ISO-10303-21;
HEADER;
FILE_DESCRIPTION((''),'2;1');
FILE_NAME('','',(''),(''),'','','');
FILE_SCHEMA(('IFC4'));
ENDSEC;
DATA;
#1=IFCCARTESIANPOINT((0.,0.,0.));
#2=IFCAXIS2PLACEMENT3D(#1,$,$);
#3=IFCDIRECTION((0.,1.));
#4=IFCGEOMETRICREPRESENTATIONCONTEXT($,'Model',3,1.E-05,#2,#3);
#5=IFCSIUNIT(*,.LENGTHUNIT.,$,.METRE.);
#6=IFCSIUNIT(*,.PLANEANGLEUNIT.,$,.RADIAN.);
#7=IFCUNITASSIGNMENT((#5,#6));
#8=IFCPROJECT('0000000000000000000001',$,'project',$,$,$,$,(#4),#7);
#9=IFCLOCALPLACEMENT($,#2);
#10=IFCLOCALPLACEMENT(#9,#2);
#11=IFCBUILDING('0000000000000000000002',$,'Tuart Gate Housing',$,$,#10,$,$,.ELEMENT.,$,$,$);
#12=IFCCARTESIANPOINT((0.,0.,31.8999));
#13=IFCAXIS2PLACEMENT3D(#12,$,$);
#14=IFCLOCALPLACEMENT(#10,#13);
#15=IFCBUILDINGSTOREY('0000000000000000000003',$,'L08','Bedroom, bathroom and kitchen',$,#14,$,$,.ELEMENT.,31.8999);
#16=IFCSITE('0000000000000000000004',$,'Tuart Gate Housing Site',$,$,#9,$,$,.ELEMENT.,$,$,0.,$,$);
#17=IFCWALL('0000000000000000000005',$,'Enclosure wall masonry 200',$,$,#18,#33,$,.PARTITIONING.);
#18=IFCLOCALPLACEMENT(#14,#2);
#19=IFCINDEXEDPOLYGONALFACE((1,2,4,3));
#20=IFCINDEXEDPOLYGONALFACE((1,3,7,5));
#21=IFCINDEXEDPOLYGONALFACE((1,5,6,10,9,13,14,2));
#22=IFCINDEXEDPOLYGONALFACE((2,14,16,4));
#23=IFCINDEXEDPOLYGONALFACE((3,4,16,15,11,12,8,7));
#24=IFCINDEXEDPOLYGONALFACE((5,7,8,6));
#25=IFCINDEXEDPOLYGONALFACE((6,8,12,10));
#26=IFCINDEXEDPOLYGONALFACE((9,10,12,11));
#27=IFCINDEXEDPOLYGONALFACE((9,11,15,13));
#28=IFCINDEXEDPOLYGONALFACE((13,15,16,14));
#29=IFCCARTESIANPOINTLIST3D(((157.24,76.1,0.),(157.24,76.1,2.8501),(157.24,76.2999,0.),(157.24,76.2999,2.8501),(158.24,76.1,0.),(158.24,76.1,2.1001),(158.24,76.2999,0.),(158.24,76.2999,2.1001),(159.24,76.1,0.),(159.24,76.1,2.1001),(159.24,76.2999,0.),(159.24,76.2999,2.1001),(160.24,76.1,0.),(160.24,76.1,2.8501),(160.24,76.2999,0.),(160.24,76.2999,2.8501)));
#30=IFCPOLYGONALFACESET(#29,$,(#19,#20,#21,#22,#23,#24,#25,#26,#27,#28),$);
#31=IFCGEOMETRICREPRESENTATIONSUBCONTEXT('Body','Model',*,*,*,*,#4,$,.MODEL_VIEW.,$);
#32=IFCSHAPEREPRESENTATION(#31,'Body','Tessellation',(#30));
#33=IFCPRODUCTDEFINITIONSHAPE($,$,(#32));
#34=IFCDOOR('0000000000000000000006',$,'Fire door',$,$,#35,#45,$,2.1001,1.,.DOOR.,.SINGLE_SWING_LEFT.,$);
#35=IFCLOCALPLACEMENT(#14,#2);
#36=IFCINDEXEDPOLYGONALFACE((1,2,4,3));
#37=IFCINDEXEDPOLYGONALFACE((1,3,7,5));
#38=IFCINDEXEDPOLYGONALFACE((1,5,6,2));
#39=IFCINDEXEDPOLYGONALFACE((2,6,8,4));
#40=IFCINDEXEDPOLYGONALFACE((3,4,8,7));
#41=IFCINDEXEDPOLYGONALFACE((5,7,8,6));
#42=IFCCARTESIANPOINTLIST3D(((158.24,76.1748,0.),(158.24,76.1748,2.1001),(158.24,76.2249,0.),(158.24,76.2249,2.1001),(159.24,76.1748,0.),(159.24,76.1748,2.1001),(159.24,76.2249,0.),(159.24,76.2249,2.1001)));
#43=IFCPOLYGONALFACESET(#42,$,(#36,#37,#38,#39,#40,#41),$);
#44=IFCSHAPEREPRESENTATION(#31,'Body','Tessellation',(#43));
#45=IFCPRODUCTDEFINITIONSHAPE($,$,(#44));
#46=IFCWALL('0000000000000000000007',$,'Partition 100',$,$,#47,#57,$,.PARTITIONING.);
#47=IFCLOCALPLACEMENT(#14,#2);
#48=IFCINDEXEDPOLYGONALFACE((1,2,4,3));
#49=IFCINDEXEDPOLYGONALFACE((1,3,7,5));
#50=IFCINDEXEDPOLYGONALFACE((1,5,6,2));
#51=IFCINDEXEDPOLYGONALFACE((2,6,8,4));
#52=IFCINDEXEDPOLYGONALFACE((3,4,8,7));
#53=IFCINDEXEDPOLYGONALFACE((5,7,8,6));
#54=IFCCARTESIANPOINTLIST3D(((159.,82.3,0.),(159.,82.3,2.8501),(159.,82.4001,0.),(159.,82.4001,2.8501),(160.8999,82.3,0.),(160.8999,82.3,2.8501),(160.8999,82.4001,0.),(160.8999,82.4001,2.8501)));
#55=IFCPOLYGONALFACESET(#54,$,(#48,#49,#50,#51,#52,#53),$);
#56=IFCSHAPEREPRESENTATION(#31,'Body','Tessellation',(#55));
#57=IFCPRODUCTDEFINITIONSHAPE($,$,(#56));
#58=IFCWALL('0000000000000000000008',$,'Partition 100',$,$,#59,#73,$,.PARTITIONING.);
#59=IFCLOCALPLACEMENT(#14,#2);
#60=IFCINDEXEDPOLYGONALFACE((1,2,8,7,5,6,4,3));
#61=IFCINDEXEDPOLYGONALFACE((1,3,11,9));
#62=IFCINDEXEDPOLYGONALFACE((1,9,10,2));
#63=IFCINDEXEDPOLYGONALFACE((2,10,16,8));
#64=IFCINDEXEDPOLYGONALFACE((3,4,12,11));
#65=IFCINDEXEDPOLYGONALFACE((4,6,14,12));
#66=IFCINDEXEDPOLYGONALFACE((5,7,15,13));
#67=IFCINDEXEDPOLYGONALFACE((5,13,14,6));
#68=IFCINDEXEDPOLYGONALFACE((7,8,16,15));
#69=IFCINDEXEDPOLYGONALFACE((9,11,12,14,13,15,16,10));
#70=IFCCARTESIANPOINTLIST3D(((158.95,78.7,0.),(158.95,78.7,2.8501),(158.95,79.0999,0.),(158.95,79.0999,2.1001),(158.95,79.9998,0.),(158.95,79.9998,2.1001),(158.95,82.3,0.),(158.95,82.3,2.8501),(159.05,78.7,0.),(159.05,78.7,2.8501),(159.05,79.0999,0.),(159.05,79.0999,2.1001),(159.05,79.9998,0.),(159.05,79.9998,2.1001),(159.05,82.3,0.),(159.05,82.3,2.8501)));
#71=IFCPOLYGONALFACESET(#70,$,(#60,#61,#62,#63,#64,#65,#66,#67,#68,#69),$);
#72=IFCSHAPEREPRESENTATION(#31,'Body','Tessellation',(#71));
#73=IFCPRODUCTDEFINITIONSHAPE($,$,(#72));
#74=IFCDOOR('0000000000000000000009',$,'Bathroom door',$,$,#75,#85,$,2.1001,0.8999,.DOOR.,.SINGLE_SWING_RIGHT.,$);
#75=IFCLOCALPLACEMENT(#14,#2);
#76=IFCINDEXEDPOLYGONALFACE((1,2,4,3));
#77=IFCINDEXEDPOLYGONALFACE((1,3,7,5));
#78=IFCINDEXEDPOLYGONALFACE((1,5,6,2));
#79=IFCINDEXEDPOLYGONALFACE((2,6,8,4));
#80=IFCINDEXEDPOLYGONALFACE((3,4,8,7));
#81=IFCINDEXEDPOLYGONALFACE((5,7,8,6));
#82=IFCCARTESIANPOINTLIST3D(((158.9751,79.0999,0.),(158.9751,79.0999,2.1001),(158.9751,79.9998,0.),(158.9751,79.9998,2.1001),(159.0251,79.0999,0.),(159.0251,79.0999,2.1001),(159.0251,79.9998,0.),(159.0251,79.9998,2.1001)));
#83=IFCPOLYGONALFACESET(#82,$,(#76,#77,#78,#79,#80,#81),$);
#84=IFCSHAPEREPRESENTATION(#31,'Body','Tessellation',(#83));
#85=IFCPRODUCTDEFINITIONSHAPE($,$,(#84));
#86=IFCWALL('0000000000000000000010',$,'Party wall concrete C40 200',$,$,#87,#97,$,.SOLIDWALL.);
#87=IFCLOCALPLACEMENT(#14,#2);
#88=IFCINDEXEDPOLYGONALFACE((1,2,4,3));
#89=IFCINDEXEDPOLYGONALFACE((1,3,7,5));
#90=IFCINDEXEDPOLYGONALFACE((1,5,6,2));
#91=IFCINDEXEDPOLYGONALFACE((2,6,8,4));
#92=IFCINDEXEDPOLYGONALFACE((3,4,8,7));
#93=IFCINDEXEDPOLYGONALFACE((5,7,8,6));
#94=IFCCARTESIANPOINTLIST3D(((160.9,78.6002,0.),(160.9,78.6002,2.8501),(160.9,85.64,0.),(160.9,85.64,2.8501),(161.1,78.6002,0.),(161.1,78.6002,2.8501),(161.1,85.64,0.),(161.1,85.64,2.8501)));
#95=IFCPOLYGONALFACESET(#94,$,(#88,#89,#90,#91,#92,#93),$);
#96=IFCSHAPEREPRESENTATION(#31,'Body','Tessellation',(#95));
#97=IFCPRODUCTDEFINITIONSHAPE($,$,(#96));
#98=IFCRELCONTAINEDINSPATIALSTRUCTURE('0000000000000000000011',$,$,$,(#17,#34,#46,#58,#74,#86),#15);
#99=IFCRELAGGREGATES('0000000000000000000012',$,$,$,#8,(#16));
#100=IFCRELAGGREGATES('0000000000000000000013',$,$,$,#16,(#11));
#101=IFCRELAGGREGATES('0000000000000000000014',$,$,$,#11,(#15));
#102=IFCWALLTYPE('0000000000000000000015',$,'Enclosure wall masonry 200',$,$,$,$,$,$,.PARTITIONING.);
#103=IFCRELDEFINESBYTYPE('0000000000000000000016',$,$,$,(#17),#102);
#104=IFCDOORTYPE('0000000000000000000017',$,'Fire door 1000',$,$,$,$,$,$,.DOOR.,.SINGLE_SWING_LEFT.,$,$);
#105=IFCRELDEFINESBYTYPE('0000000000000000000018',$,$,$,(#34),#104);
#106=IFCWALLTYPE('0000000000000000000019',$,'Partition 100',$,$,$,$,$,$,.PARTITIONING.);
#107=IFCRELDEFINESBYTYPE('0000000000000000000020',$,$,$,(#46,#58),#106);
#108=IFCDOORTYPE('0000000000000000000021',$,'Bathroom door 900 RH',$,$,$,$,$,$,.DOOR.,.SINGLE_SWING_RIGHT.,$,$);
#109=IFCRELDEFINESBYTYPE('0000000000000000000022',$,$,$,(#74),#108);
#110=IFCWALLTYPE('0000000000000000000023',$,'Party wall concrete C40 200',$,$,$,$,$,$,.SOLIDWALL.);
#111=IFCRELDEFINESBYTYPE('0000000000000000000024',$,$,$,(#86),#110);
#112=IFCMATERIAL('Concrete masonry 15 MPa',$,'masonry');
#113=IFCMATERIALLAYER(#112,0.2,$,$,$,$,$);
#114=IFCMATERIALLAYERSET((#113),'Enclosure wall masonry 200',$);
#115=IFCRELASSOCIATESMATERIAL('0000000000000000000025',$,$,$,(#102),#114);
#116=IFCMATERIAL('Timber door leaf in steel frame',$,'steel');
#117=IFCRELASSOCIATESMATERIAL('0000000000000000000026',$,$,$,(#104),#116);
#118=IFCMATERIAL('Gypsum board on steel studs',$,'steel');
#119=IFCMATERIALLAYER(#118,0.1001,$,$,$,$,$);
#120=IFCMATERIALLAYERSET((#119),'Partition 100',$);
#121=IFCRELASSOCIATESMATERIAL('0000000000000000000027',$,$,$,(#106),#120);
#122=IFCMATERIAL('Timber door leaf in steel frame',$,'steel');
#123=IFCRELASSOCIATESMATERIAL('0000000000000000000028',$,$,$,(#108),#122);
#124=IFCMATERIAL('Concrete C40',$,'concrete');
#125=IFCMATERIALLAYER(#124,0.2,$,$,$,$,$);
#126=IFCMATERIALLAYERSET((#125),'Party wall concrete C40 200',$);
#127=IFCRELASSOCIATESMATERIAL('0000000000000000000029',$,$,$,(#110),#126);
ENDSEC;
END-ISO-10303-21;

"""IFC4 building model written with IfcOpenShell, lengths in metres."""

from ifc_helpers import new_model, si_unit, direction, frame, frame_2d, origin, place, context, subcontext, project, spatial, rectangle, extrude, material, layer, layer_set, type_object, element, fill, save


model = new_model("IFC4")

# Units and contexts
model_context = context("Model", 3, precision=1e-05, world=origin(), true_north=direction((0.0, 1.0)))
body_context = subcontext(model_context, "Body", "Model", "MODEL_VIEW")
ifc_project = project(units=[si_unit("LENGTHUNIT", "METRE"), si_unit("PLANEANGLEUNIT", "RADIAN")], contexts=[model_context])

# Site, building, storey
site_placement = place(None, origin())
site = spatial("IfcSite", under=ifc_project, at=site_placement, Name="Tuart Gate Housing Site", CompositionType="ELEMENT", RefElevation=0.0)
building_placement = place(site_placement, origin())
building = spatial("IfcBuilding", under=site, at=building_placement, Name="Tuart Gate Housing", CompositionType="ELEMENT")
storey_placement = place(building_placement, frame((0.0, 0.0, 31.8999)))
storey = spatial("IfcBuildingStorey", under=building, at=storey_placement, Name="L08", Description="Bedroom, bathroom and kitchen", CompositionType="ELEMENT", Elevation=31.8999)

# Wall, opening, door
ifc_material_1 = material(Name="Concrete masonry 15 MPa", Category="masonry")
ifc_layer_1 = layer(ifc_material_1, 0.2)
ifc_layer_set_1 = layer_set([ifc_layer_1], Name="Enclosure wall masonry 200")
wall_type_1 = type_object("IfcWallType", Name="Enclosure wall masonry 200", PredefinedType="PARTITIONING", material=ifc_layer_set_1)
wall_1_placement = place(storey_placement, frame((157.24, 76.2, 0.0), z_axis=(0.0, 0.0, 1.0), x_axis=(1.0, 0.0, 0.0)))
wall_1 = element("IfcWall", 1, at=wall_1_placement, inside=storey, type_object=wall_type_1, Name="Enclosure wall masonry 200", PredefinedType="PARTITIONING", context=body_context, shape_type="SweptSolid", body=[
    extrude(rectangle(XDim=3.0, YDim=0.2, at=frame_2d((1.5, 0.0))), origin(), (0.0, 0.0, 1.0), 2.8501),
])
opening_1_placement = place(wall_1_placement, frame((1.0, 0.0, 0.0)))
opening_1 = element("IfcOpeningElement", 2, at=opening_1_placement, cuts=wall_1, PredefinedType="OPENING", context=body_context, shape_type="SweptSolid", body=[
    extrude(rectangle(XDim=1.0, YDim=2.1001, at=frame_2d((0.5, 1.05))), frame((0.0, 0.1099, 0.0), z_axis=(0.0, -1.0, 0.0), x_axis=(1.0, 0.0, 0.0)), (0.0, 0.0, 1.0), 0.22),
])
ifc_material_2 = material(Name="Timber door leaf in steel frame", Category="steel")
door_type_1 = type_object("IfcDoorType", Name="Fire door 1000", OperationType="SINGLE_SWING_LEFT", PredefinedType="DOOR", material=ifc_material_2)
door_1_placement = place(opening_1_placement, origin())
door_1 = element("IfcDoor", 3, at=door_1_placement, inside=storey, type_object=door_type_1, Name="Fire door", OperationType="SINGLE_SWING_LEFT", OverallHeight=2.1001, OverallWidth=1.0, PredefinedType="DOOR", context=body_context, shape_type="SweptSolid", body=[
    extrude(rectangle(XDim=1.0, YDim=2.1001, at=frame_2d((0.5, 1.05))), frame((0.0, 0.0249, 0.0), z_axis=(0.0, -1.0, 0.0), x_axis=(1.0, 0.0, 0.0)), (0.0, 0.0, 1.0), 0.05),
])
fill(opening_1, door_1)

# Wall
ifc_material_3 = material(Name="Gypsum board on steel studs", Category="steel")
ifc_layer_2 = layer(ifc_material_3, 0.1001)
ifc_layer_set_2 = layer_set([ifc_layer_2], Name="Partition 100")
wall_type_2 = type_object("IfcWallType", Name="Partition 100", PredefinedType="PARTITIONING", material=ifc_layer_set_2)
wall_2_placement = place(storey_placement, frame((159.0, 82.3501, 0.0), z_axis=(0.0, 0.0, 1.0), x_axis=(1.0, 0.0, 0.0)))
element("IfcWall", 4, at=wall_2_placement, inside=storey, type_object=wall_type_2, Name="Partition 100", PredefinedType="PARTITIONING", context=body_context, shape_type="SweptSolid", body=[
    extrude(rectangle(XDim=1.8999, YDim=0.1001, at=frame_2d((0.95, 0.0))), origin(), (0.0, 0.0, 1.0), 2.8501),
])

# Wall, opening, door
wall_3_placement = place(storey_placement, frame((159.0, 78.7, 0.0), z_axis=(0.0, 0.0, 1.0), x_axis=(0.0, 1.0, 0.0)))
wall_3 = element("IfcWall", 5, at=wall_3_placement, inside=storey, type_object=wall_type_2, Name="Partition 100", PredefinedType="PARTITIONING", context=body_context, shape_type="SweptSolid", body=[
    extrude(rectangle(XDim=3.6001, YDim=0.1001, at=frame_2d((1.8, 0.0))), origin(), (0.0, 0.0, 1.0), 2.8501),
])
opening_2_placement = place(wall_3_placement, frame((0.3999, 0.0, 0.0)))
opening_2 = element("IfcOpeningElement", 6, at=opening_2_placement, cuts=wall_3, PredefinedType="OPENING", context=body_context, shape_type="SweptSolid", body=[
    extrude(rectangle(XDim=0.8999, YDim=2.1001, at=frame_2d((0.45, 1.05))), frame((0.0, 0.0601, 0.0), z_axis=(0.0, -1.0, 0.0), x_axis=(1.0, 0.0, 0.0)), (0.0, 0.0, 1.0), 0.1201),
])
ifc_material_4 = material(Name="Timber door leaf in steel frame", Category="steel")
door_type_2 = type_object("IfcDoorType", Name="Bathroom door 900 RH", OperationType="SINGLE_SWING_RIGHT", PredefinedType="DOOR", material=ifc_material_4)
door_2_placement = place(opening_2_placement, frame((0.8999, 0.0, 0.0), z_axis=(0.0, 0.0, 1.0), x_axis=(-1.0, 0.0, 0.0)))
door_2 = element("IfcDoor", 7, at=door_2_placement, inside=storey, type_object=door_type_2, Name="Bathroom door", OperationType="SINGLE_SWING_RIGHT", OverallHeight=2.1001, OverallWidth=0.8999, PredefinedType="DOOR", context=body_context, shape_type="SweptSolid", body=[
    extrude(rectangle(XDim=0.8999, YDim=2.1001, at=frame_2d((0.45, 1.05))), frame((0.0, 0.0251, 0.0), z_axis=(0.0, -1.0, 0.0), x_axis=(1.0, 0.0, 0.0)), (0.0, 0.0, 1.0), 0.05),
])
fill(opening_2, door_2)

# Wall
ifc_material_5 = material(Name="Concrete C40", Category="concrete")
ifc_layer_3 = layer(ifc_material_5, 0.2)
ifc_layer_set_3 = layer_set([ifc_layer_3], Name="Party wall concrete C40 200")
wall_type_3 = type_object("IfcWallType", Name="Party wall concrete C40 200", PredefinedType="SOLIDWALL", material=ifc_layer_set_3)
wall_4_placement = place(storey_placement, frame((161.0, 78.6001, 0.0), z_axis=(0.0, 0.0, 1.0), x_axis=(0.0, 1.0, 0.0)))
element("IfcWall", 8, at=wall_4_placement, inside=storey, type_object=wall_type_3, Name="Party wall concrete C40 200", PredefinedType="SOLIDWALL", context=body_context, shape_type="SweptSolid", body=[
    extrude(rectangle(XDim=7.0398, YDim=0.2, at=frame_2d((3.52, 0.0))), origin(), (0.0, 0.0, 1.0), 2.8501),
])

save(model, "model.ifc")
